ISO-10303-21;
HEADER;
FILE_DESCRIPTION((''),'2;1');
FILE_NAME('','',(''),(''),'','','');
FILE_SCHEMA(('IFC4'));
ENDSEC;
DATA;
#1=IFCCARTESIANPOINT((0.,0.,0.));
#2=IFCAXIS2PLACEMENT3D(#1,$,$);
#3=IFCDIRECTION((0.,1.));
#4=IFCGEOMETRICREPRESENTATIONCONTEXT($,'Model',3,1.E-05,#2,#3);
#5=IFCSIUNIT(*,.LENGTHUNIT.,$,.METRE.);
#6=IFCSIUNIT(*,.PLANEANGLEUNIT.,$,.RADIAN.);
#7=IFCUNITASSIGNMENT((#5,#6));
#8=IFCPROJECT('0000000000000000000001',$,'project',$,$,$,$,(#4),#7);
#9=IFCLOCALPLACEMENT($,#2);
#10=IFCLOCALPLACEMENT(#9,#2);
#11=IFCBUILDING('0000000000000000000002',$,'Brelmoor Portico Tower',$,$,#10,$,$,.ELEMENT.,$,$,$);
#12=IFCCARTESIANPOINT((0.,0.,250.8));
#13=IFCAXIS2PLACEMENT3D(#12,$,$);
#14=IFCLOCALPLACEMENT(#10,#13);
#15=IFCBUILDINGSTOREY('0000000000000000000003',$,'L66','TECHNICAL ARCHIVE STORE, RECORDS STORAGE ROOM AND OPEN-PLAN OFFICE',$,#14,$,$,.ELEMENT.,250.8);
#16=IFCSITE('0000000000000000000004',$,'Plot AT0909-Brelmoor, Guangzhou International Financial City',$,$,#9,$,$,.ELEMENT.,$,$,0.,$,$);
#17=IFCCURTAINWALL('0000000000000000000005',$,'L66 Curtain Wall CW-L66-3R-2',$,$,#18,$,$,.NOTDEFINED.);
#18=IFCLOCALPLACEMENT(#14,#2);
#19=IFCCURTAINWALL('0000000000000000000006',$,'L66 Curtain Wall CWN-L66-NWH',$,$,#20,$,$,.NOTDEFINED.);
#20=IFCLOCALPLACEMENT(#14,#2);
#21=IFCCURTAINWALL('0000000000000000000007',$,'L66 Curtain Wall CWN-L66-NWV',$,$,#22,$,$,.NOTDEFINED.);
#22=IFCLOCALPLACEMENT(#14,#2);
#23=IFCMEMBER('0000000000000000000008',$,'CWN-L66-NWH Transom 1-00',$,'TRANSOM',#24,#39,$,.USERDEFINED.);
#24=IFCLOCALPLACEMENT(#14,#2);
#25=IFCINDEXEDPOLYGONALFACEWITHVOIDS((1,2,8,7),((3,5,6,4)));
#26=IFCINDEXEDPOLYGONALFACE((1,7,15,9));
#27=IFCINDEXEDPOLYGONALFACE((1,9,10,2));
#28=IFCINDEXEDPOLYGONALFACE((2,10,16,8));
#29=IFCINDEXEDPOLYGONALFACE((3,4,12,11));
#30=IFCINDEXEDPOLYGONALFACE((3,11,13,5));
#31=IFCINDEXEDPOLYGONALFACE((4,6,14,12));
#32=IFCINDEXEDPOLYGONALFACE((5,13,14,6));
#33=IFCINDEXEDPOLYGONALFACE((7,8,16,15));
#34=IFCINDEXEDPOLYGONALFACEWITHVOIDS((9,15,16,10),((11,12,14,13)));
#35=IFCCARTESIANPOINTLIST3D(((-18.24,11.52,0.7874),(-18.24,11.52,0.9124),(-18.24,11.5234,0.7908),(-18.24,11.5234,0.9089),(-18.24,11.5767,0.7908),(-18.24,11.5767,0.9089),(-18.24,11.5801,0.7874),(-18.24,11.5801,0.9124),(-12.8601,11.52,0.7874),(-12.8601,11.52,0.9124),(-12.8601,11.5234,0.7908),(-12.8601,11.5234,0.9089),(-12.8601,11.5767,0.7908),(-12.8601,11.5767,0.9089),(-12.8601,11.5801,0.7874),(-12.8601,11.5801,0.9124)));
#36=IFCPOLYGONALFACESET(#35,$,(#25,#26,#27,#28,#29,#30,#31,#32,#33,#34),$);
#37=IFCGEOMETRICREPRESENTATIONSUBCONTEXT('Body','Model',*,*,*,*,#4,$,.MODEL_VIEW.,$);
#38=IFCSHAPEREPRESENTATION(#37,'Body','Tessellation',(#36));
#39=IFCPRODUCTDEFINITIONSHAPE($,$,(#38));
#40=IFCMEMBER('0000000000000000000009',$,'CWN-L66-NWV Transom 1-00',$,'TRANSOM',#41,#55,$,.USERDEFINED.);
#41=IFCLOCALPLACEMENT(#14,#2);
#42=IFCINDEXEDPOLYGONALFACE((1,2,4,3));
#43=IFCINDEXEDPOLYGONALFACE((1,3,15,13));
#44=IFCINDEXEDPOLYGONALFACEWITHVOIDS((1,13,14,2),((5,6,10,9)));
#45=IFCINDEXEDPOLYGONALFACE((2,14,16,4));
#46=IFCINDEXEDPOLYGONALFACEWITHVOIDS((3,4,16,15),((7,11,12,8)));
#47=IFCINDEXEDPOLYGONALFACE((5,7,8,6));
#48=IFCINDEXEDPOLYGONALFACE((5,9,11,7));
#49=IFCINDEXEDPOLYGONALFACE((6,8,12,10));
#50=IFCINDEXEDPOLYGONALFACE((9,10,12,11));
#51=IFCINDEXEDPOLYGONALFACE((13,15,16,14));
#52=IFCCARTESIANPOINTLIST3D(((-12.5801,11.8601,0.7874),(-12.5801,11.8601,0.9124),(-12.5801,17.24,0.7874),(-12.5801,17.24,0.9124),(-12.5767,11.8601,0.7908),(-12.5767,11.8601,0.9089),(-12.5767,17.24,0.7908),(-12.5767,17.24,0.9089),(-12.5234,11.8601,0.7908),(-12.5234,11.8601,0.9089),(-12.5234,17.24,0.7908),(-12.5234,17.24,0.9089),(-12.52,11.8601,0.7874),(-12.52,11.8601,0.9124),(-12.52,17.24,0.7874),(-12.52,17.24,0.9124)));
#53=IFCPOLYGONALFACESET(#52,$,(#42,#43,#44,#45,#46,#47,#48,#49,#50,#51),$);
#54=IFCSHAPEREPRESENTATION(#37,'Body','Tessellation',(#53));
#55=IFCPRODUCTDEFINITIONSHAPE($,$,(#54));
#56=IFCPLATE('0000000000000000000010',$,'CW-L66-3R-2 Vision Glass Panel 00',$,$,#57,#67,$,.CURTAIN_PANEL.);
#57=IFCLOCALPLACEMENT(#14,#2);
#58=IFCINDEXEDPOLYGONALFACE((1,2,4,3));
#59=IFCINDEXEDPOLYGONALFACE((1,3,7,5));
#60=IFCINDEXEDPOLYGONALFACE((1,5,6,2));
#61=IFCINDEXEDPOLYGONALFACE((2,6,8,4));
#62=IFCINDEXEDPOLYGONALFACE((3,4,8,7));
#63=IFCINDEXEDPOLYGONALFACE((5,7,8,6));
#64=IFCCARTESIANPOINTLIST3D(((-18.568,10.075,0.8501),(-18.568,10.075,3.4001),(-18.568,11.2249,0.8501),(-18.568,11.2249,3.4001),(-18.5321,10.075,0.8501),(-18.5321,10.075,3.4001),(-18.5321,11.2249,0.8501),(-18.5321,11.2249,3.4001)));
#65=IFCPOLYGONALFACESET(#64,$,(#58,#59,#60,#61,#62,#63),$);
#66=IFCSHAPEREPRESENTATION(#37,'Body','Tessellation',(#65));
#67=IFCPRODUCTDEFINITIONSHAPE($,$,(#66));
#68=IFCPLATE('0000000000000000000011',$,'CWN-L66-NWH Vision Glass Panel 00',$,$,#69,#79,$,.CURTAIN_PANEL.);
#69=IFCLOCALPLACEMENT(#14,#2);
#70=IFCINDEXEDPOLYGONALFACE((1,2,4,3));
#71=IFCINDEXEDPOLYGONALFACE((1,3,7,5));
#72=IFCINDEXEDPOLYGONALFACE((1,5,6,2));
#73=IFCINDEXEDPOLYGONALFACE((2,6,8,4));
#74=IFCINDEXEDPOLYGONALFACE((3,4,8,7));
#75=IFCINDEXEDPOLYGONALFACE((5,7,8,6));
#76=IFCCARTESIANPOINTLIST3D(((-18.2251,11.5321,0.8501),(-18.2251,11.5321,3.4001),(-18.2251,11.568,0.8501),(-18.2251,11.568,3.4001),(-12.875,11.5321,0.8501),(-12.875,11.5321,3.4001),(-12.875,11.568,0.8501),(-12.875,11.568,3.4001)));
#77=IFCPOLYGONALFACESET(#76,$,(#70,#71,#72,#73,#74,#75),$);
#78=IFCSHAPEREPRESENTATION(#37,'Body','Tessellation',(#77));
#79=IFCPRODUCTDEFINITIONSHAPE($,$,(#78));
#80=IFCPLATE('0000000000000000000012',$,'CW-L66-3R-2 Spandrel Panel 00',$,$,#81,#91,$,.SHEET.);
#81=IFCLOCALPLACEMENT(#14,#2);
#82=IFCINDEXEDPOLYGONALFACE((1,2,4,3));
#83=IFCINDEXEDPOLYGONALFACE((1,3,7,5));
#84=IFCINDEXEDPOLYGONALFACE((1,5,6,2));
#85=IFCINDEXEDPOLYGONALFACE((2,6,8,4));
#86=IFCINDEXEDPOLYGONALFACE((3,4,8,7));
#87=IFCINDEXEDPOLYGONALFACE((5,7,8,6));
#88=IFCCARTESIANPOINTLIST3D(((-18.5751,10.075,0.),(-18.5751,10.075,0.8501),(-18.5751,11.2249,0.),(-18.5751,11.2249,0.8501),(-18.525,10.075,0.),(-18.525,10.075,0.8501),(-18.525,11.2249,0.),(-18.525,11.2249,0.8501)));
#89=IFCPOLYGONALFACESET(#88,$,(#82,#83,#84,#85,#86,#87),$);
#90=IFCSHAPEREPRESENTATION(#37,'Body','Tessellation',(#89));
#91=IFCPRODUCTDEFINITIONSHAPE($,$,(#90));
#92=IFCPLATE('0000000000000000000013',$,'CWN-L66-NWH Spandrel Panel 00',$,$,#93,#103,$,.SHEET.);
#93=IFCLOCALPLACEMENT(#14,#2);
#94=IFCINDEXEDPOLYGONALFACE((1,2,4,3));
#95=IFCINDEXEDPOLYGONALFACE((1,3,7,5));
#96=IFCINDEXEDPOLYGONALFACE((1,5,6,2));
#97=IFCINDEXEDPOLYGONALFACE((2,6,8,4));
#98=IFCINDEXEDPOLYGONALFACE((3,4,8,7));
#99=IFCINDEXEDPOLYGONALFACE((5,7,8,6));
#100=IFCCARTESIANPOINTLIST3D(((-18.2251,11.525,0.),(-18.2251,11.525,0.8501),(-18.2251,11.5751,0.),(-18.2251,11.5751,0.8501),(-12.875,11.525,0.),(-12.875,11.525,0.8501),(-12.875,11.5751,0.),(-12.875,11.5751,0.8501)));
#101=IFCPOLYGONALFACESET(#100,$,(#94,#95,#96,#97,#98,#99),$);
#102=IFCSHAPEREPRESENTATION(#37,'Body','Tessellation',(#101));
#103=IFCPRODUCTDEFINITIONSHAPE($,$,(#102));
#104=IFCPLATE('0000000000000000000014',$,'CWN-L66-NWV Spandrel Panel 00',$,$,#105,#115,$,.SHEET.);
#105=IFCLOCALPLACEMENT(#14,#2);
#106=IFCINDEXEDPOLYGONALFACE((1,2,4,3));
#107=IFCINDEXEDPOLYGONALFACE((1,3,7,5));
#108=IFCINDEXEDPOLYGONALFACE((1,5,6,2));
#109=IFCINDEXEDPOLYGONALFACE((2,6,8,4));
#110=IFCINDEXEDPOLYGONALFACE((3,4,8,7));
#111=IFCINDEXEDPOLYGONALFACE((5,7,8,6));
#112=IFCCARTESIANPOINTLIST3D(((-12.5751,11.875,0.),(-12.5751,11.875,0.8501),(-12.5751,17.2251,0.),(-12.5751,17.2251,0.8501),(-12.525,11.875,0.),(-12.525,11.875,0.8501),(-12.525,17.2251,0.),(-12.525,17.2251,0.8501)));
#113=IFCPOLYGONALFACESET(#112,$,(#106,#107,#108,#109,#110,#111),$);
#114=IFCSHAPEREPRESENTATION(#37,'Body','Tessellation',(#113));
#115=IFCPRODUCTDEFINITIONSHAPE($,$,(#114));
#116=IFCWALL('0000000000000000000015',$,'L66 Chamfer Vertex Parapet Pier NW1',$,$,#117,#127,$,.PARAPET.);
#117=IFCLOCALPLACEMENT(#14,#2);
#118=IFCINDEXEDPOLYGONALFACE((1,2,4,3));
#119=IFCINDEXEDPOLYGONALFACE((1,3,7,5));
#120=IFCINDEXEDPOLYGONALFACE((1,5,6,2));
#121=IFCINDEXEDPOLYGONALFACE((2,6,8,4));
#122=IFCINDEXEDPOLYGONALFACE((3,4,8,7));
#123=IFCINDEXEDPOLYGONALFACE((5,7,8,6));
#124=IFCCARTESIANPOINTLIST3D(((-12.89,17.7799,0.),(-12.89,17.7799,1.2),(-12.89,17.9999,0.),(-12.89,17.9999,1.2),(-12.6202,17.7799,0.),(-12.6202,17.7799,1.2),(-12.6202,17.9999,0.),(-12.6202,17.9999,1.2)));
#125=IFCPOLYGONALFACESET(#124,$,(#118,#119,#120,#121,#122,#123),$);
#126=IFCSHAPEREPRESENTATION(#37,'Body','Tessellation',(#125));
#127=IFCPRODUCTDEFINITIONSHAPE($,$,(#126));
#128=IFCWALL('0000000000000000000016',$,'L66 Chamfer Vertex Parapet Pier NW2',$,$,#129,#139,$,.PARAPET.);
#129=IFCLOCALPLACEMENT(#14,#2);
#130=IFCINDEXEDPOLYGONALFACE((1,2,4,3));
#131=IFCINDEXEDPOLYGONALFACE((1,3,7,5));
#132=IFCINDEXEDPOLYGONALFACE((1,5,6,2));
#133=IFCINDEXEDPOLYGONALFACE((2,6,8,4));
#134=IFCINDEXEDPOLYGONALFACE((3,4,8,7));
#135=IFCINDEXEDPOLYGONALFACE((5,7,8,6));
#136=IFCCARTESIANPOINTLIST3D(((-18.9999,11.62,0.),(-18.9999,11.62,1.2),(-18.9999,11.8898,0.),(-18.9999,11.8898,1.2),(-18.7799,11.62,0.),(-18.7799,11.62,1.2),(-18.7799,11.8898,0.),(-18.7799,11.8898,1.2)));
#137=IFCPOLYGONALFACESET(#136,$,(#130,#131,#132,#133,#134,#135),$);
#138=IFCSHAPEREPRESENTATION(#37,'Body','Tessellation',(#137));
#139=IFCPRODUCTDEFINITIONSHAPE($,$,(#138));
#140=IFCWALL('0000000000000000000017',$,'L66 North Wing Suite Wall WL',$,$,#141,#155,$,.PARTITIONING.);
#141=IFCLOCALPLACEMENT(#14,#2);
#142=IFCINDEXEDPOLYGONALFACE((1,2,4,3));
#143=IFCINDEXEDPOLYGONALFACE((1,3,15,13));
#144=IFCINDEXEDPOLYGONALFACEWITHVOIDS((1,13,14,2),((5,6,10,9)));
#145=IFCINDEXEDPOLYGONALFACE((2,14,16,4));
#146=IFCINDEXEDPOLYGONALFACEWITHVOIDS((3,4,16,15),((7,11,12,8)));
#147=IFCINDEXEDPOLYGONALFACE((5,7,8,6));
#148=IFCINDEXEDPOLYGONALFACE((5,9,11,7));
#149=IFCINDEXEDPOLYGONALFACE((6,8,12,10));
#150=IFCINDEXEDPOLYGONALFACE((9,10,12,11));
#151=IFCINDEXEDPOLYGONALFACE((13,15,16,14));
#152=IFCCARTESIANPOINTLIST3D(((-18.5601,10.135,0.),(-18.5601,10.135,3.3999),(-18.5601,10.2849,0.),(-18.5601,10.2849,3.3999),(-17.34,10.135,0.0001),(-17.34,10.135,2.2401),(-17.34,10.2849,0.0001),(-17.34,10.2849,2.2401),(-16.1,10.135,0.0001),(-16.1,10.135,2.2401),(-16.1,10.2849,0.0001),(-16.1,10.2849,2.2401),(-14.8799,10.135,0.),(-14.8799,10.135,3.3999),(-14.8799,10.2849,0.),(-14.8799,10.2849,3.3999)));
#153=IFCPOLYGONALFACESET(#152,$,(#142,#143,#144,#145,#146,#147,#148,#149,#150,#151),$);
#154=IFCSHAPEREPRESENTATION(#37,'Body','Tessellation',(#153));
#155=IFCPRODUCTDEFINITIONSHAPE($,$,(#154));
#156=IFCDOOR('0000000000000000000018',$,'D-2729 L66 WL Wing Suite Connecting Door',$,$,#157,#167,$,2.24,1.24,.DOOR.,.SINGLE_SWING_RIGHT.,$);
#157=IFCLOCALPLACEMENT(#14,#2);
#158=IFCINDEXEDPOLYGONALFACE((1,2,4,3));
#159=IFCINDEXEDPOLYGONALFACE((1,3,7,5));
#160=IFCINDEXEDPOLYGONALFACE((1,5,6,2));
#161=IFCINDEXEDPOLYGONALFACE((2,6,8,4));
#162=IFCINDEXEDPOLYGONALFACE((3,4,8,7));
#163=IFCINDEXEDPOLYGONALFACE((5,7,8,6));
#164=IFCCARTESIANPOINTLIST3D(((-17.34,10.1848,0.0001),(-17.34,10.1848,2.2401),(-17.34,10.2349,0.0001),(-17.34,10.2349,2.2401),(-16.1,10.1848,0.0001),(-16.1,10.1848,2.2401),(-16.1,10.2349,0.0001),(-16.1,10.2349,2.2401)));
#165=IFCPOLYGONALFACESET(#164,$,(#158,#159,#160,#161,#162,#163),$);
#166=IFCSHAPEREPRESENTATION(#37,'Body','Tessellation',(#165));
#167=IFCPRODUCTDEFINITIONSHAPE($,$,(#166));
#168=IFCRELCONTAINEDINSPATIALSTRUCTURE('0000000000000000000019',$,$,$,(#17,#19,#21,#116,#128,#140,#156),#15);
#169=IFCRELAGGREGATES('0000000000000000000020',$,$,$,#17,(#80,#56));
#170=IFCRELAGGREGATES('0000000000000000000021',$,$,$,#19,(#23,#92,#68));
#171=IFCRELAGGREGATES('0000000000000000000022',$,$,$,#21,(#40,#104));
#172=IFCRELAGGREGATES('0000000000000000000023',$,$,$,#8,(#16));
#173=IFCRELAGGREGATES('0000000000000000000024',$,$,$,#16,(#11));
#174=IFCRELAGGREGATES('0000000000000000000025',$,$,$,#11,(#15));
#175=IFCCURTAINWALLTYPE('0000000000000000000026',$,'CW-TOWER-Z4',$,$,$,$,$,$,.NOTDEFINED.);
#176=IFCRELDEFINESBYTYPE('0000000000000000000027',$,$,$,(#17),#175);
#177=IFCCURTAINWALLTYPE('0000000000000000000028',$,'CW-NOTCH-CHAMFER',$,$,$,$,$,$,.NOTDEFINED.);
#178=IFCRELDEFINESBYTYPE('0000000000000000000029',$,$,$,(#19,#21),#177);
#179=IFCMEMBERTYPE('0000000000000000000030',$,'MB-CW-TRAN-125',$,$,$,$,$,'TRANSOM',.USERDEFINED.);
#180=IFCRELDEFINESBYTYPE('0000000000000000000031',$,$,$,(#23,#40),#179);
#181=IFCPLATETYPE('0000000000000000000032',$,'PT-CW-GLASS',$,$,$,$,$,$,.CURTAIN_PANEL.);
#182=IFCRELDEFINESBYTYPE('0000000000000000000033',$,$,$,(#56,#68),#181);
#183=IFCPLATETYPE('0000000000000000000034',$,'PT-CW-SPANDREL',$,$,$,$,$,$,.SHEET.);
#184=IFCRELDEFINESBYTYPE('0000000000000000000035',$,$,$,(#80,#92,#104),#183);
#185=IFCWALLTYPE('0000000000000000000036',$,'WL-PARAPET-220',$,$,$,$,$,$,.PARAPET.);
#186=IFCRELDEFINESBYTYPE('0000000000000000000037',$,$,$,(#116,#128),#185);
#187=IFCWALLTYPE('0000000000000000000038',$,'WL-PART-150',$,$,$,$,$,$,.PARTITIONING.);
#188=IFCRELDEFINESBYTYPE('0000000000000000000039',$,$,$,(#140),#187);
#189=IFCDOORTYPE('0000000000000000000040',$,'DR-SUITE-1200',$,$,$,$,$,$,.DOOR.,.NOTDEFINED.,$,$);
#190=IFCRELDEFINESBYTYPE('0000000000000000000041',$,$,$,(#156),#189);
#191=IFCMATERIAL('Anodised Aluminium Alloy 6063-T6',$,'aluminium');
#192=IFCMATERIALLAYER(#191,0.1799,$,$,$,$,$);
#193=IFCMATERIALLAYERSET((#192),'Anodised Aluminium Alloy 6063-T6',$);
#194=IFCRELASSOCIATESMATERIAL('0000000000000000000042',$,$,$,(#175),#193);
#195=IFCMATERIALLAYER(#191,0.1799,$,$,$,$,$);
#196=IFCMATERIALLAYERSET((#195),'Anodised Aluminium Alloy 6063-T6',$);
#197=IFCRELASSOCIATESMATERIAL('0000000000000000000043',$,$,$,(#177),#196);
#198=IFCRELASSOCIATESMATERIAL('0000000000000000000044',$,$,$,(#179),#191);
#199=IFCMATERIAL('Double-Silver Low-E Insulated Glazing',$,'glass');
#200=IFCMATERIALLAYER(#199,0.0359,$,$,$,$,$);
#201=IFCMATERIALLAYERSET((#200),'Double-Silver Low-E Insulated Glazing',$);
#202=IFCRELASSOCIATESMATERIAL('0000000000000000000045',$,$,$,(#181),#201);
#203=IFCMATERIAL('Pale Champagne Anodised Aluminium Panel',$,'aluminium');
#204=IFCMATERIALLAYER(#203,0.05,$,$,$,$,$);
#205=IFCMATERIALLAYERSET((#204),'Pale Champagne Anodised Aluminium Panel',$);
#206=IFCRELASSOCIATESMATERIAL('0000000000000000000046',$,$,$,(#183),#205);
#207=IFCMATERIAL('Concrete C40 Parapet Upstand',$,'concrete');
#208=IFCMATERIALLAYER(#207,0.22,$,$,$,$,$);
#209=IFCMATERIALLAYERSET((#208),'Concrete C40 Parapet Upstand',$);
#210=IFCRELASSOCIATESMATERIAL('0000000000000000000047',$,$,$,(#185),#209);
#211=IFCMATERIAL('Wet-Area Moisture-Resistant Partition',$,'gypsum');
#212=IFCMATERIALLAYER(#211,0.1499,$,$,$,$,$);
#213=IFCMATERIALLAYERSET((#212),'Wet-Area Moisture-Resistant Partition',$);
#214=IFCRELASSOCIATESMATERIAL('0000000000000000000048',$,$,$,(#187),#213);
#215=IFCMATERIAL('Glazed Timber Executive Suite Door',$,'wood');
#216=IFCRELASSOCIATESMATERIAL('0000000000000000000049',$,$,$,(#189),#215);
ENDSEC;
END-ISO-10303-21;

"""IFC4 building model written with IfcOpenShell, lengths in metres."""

from ifc_helpers import new_model, si_unit, direction, frame, frame_2d, origin, origin_2d, place, context, subcontext, project, spatial, rectangle, hollow_rectangle, extrude, material, layer, layer_set, material_profile, profile_set, type_object, element, fill, aggregate, save


model = new_model("IFC4")

# Units and contexts
model_context = context("Model", 3, precision=1e-05, world=origin(), true_north=direction((0.0, 1.0)))
body_context = subcontext(model_context, "Body", "Model", "MODEL_VIEW")
ifc_project = project(units=[si_unit("LENGTHUNIT", "METRE"), si_unit("PLANEANGLEUNIT", "RADIAN")], contexts=[model_context])

# Site, building, storey
site_placement = place(None, origin())
site = spatial("IfcSite", under=ifc_project, at=site_placement, Name="Plot AT0909-Brelmoor, Guangzhou International Financial City", CompositionType="ELEMENT", RefElevation=0.0)
building_placement = place(site_placement, origin())
building = spatial("IfcBuilding", under=site, at=building_placement, Name="Brelmoor Portico Tower", CompositionType="ELEMENT")
storey_placement = place(building_placement, frame((0.0, 0.0, 250.8)))
storey = spatial("IfcBuildingStorey", under=building, at=storey_placement, Name="L66", Description="TECHNICAL ARCHIVE STORE, RECORDS STORAGE ROOM AND OPEN-PLAN OFFICE", CompositionType="ELEMENT", Elevation=250.8)

# Curtain walls
ifc_material_1 = material(Name="Anodised Aluminium Alloy 6063-T6", Category="aluminium")
ifc_layer_1 = layer(ifc_material_1, 0.1799)
ifc_layer_set_1 = layer_set([ifc_layer_1], Name="Anodised Aluminium Alloy 6063-T6")
curtain_wall_type_1 = type_object("IfcCurtainWallType", Name="CW-TOWER-Z4", PredefinedType="NOTDEFINED", material=ifc_layer_set_1)
curtain_wall_1_placement = place(storey_placement, origin())
curtain_wall_1 = element("IfcCurtainWall", 1, at=curtain_wall_1_placement, inside=storey, type_object=curtain_wall_type_1, Name="L66 Curtain Wall CW-L66-3R-2", PredefinedType="NOTDEFINED")
ifc_layer_2 = layer(ifc_material_1, 0.1799)
ifc_layer_set_2 = layer_set([ifc_layer_2], Name="Anodised Aluminium Alloy 6063-T6")
curtain_wall_type_2 = type_object("IfcCurtainWallType", Name="CW-NOTCH-CHAMFER", PredefinedType="NOTDEFINED", material=ifc_layer_set_2)
curtain_wall_2_placement = place(storey_placement, origin())
curtain_wall_2 = element("IfcCurtainWall", 2, at=curtain_wall_2_placement, inside=storey, type_object=curtain_wall_type_2, Name="L66 Curtain Wall CWN-L66-NWH", PredefinedType="NOTDEFINED")

# Curtain wall
curtain_wall_3_placement = place(storey_placement, origin())
curtain_wall_3 = element("IfcCurtainWall", 3, at=curtain_wall_3_placement, inside=storey, type_object=curtain_wall_type_2, Name="L66 Curtain Wall CWN-L66-NWV", PredefinedType="NOTDEFINED")

# Members
ifc_material_profile_1 = material_profile(ifc_material_1, hollow_rectangle(XDim=0.0601, YDim=0.125, WallThickness=0.0034, at=origin_2d()), Name="ALU TRANSOM 60x125")
ifc_profile_set_1 = profile_set([ifc_material_profile_1], Name="Anodised Aluminium Alloy 6063-T6")
member_type_1 = type_object("IfcMemberType", Name="MB-CW-TRAN-125", ElementType="TRANSOM", PredefinedType="USERDEFINED", material=ifc_profile_set_1)
member_1_placement = place(storey_placement, frame((-18.24, 11.55, 0.8499), z_axis=(1.0, 0.0, 0.0), x_axis=(0.0, 1.0, 0.0)))
member_1 = element("IfcMember", 4, at=member_1_placement, type_object=member_type_1, Name="CWN-L66-NWH Transom 1-00", ObjectType="TRANSOM", PredefinedType="USERDEFINED", context=body_context, shape_type="SweptSolid", body=[
    extrude(hollow_rectangle(XDim=0.0601, YDim=0.125, WallThickness=0.0034, at=origin_2d()), origin(), (0.0, 0.0, 1.0), 5.3799),
])
member_2_placement = place(storey_placement, frame((-12.55, 11.8601, 0.8499), z_axis=(0.0, 1.0, 0.0), x_axis=(-1.0, 0.0, 0.0)))
member_2 = element("IfcMember", 5, at=member_2_placement, type_object=member_type_1, Name="CWN-L66-NWV Transom 1-00", ObjectType="TRANSOM", PredefinedType="USERDEFINED", context=body_context, shape_type="SweptSolid", body=[
    extrude(hollow_rectangle(XDim=0.0601, YDim=0.125, WallThickness=0.0034, at=origin_2d()), origin(), (0.0, 0.0, 1.0), 5.3799),
])

# Plates
ifc_material_2 = material(Name="Double-Silver Low-E Insulated Glazing", Category="glass")
ifc_layer_3 = layer(ifc_material_2, 0.0359)
ifc_layer_set_3 = layer_set([ifc_layer_3], Name="Double-Silver Low-E Insulated Glazing")
plate_type_1 = type_object("IfcPlateType", Name="PT-CW-GLASS", PredefinedType="CURTAIN_PANEL", material=ifc_layer_set_3)
plate_1_placement = place(storey_placement, frame((-18.55, 10.6499, 0.8501), z_axis=(0.0, 0.0, 1.0), x_axis=(0.0, 1.0, 0.0)))
plate_1 = element("IfcPlate", 6, at=plate_1_placement, type_object=plate_type_1, Name="CW-L66-3R-2 Vision Glass Panel 00", PredefinedType="CURTAIN_PANEL", context=body_context, shape_type="SweptSolid", body=[
    extrude(rectangle(XDim=1.1499, YDim=0.0359, at=origin_2d()), origin(), (0.0, 0.0, 1.0), 2.55),
])
plate_2_placement = place(storey_placement, frame((-15.55, 11.55, 0.8501), z_axis=(0.0, 0.0, 1.0), x_axis=(1.0, 0.0, 0.0)))
plate_2 = element("IfcPlate", 7, at=plate_2_placement, type_object=plate_type_1, Name="CWN-L66-NWH Vision Glass Panel 00", PredefinedType="CURTAIN_PANEL", context=body_context, shape_type="SweptSolid", body=[
    extrude(rectangle(XDim=5.3501, YDim=0.0359, at=origin_2d()), origin(), (0.0, 0.0, 1.0), 2.55),
])
ifc_material_3 = material(Name="Pale Champagne Anodised Aluminium Panel", Category="aluminium")
ifc_layer_4 = layer(ifc_material_3, 0.05)
ifc_layer_set_4 = layer_set([ifc_layer_4], Name="Pale Champagne Anodised Aluminium Panel")
plate_type_2 = type_object("IfcPlateType", Name="PT-CW-SPANDREL", PredefinedType="SHEET", material=ifc_layer_set_4)
plate_3_placement = place(storey_placement, frame((-18.55, 10.6499, 0.0), z_axis=(0.0, 0.0, 1.0), x_axis=(0.0, 1.0, 0.0)))
plate_3 = element("IfcPlate", 8, at=plate_3_placement, type_object=plate_type_2, Name="CW-L66-3R-2 Spandrel Panel 00", PredefinedType="SHEET", context=body_context, shape_type="SweptSolid", body=[
    extrude(rectangle(XDim=1.1499, YDim=0.05, at=origin_2d()), origin(), (0.0, 0.0, 1.0), 0.8501),
])
aggregate(curtain_wall_1, [plate_3, plate_1])
plate_4_placement = place(storey_placement, frame((-15.55, 11.55, 0.0), z_axis=(0.0, 0.0, 1.0), x_axis=(1.0, 0.0, 0.0)))
plate_4 = element("IfcPlate", 9, at=plate_4_placement, type_object=plate_type_2, Name="CWN-L66-NWH Spandrel Panel 00", PredefinedType="SHEET", context=body_context, shape_type="SweptSolid", body=[
    extrude(rectangle(XDim=5.3501, YDim=0.05, at=origin_2d()), origin(), (0.0, 0.0, 1.0), 0.8501),
])
aggregate(curtain_wall_2, [member_1, plate_4, plate_2])
plate_5_placement = place(storey_placement, frame((-12.55, 14.55, 0.0), z_axis=(0.0, 0.0, 1.0), x_axis=(0.0, 1.0, 0.0)))
plate_5 = element("IfcPlate", 10, at=plate_5_placement, type_object=plate_type_2, Name="CWN-L66-NWV Spandrel Panel 00", PredefinedType="SHEET", context=body_context, shape_type="SweptSolid", body=[
    extrude(rectangle(XDim=5.3501, YDim=0.05, at=origin_2d()), origin(), (0.0, 0.0, 1.0), 0.8501),
])
aggregate(curtain_wall_3, [member_2, plate_5])

# Walls
ifc_material_4 = material(Name="Concrete C40 Parapet Upstand", Category="concrete")
ifc_layer_5 = layer(ifc_material_4, 0.22)
ifc_layer_set_5 = layer_set([ifc_layer_5], Name="Concrete C40 Parapet Upstand")
wall_type_1 = type_object("IfcWallType", Name="WL-PARAPET-220", PredefinedType="PARAPET", material=ifc_layer_set_5)
for number, where, z_axis, x_axis, name in (
    (11, (-12.8899, 17.8899, 0.0), (0.0, 0.0, 1.0), (1.0, 0.0, 0.0), "L66 Chamfer Vertex Parapet Pier NW1"),
    (12, (-18.8899, 11.6201, 0.0), (0.0, 0.0, 1.0), (0.0, 1.0, 0.0), "L66 Chamfer Vertex Parapet Pier NW2"),
):
    element("IfcWall", number, at=place(storey_placement, frame(where, z_axis=z_axis, x_axis=x_axis)), inside=storey, type_object=wall_type_1, Name=name, PredefinedType="PARAPET", context=body_context, shape_type="SweptSolid", body=[
        extrude(rectangle(XDim=0.2698, YDim=0.22, at=frame_2d((0.1348, 0.0))), origin(), (0.0, 0.0, 1.0), 1.2),
    ])

# Wall, opening, door
ifc_material_5 = material(Name="Wet-Area Moisture-Resistant Partition", Category="gypsum")
ifc_layer_6 = layer(ifc_material_5, 0.1499)
ifc_layer_set_6 = layer_set([ifc_layer_6], Name="Wet-Area Moisture-Resistant Partition")
wall_type_2 = type_object("IfcWallType", Name="WL-PART-150", PredefinedType="PARTITIONING", material=ifc_layer_set_6)
wall_placement = place(storey_placement, frame((-18.5601, 10.21, 0.0), z_axis=(0.0, 0.0, 1.0), x_axis=(1.0, 0.0, 0.0)))
wall = element("IfcWall", 13, at=wall_placement, inside=storey, type_object=wall_type_2, Name="L66 North Wing Suite Wall WL", PredefinedType="PARTITIONING", context=body_context, shape_type="SweptSolid", body=[
    extrude(rectangle(XDim=3.6802, YDim=0.1499, at=frame_2d((1.8401, 0.0))), origin(), (0.0, 0.0, 1.0), 3.3999),
])
opening_placement = place(wall_placement, frame((1.22, 0.0, 0.0)))
opening = element("IfcOpeningElement", 14, at=opening_placement, cuts=wall, PredefinedType="OPENING", context=body_context, shape_type="SweptSolid", body=[
    extrude(rectangle(XDim=1.24, YDim=2.24, at=frame_2d((0.6201, 1.1201))), frame((0.0, 0.085, 0.0), z_axis=(0.0, -1.0, 0.0), x_axis=(1.0, 0.0, 0.0)), (0.0, 0.0, 1.0), 0.1699),
])
ifc_material_6 = material(Name="Glazed Timber Executive Suite Door", Category="wood")
door_type = type_object("IfcDoorType", Name="DR-SUITE-1200", OperationType="NOTDEFINED", PredefinedType="DOOR", material=ifc_material_6)
door_placement = place(opening_placement, origin())
door = element("IfcDoor", 15, at=door_placement, inside=storey, type_object=door_type, Name="D-2729 L66 WL Wing Suite Connecting Door", OperationType="SINGLE_SWING_RIGHT", OverallHeight=2.24, OverallWidth=1.24, PredefinedType="DOOR", context=body_context, shape_type="SweptSolid", body=[
    extrude(rectangle(XDim=1.24, YDim=2.24, at=frame_2d((0.6201, 1.1201))), frame((0.0, 0.0249, 0.0), z_axis=(0.0, -1.0, 0.0), x_axis=(1.0, 0.0, 0.0)), (0.0, 0.0, 1.0), 0.05),
])
fill(opening, door)

save(model, "model.ifc")
